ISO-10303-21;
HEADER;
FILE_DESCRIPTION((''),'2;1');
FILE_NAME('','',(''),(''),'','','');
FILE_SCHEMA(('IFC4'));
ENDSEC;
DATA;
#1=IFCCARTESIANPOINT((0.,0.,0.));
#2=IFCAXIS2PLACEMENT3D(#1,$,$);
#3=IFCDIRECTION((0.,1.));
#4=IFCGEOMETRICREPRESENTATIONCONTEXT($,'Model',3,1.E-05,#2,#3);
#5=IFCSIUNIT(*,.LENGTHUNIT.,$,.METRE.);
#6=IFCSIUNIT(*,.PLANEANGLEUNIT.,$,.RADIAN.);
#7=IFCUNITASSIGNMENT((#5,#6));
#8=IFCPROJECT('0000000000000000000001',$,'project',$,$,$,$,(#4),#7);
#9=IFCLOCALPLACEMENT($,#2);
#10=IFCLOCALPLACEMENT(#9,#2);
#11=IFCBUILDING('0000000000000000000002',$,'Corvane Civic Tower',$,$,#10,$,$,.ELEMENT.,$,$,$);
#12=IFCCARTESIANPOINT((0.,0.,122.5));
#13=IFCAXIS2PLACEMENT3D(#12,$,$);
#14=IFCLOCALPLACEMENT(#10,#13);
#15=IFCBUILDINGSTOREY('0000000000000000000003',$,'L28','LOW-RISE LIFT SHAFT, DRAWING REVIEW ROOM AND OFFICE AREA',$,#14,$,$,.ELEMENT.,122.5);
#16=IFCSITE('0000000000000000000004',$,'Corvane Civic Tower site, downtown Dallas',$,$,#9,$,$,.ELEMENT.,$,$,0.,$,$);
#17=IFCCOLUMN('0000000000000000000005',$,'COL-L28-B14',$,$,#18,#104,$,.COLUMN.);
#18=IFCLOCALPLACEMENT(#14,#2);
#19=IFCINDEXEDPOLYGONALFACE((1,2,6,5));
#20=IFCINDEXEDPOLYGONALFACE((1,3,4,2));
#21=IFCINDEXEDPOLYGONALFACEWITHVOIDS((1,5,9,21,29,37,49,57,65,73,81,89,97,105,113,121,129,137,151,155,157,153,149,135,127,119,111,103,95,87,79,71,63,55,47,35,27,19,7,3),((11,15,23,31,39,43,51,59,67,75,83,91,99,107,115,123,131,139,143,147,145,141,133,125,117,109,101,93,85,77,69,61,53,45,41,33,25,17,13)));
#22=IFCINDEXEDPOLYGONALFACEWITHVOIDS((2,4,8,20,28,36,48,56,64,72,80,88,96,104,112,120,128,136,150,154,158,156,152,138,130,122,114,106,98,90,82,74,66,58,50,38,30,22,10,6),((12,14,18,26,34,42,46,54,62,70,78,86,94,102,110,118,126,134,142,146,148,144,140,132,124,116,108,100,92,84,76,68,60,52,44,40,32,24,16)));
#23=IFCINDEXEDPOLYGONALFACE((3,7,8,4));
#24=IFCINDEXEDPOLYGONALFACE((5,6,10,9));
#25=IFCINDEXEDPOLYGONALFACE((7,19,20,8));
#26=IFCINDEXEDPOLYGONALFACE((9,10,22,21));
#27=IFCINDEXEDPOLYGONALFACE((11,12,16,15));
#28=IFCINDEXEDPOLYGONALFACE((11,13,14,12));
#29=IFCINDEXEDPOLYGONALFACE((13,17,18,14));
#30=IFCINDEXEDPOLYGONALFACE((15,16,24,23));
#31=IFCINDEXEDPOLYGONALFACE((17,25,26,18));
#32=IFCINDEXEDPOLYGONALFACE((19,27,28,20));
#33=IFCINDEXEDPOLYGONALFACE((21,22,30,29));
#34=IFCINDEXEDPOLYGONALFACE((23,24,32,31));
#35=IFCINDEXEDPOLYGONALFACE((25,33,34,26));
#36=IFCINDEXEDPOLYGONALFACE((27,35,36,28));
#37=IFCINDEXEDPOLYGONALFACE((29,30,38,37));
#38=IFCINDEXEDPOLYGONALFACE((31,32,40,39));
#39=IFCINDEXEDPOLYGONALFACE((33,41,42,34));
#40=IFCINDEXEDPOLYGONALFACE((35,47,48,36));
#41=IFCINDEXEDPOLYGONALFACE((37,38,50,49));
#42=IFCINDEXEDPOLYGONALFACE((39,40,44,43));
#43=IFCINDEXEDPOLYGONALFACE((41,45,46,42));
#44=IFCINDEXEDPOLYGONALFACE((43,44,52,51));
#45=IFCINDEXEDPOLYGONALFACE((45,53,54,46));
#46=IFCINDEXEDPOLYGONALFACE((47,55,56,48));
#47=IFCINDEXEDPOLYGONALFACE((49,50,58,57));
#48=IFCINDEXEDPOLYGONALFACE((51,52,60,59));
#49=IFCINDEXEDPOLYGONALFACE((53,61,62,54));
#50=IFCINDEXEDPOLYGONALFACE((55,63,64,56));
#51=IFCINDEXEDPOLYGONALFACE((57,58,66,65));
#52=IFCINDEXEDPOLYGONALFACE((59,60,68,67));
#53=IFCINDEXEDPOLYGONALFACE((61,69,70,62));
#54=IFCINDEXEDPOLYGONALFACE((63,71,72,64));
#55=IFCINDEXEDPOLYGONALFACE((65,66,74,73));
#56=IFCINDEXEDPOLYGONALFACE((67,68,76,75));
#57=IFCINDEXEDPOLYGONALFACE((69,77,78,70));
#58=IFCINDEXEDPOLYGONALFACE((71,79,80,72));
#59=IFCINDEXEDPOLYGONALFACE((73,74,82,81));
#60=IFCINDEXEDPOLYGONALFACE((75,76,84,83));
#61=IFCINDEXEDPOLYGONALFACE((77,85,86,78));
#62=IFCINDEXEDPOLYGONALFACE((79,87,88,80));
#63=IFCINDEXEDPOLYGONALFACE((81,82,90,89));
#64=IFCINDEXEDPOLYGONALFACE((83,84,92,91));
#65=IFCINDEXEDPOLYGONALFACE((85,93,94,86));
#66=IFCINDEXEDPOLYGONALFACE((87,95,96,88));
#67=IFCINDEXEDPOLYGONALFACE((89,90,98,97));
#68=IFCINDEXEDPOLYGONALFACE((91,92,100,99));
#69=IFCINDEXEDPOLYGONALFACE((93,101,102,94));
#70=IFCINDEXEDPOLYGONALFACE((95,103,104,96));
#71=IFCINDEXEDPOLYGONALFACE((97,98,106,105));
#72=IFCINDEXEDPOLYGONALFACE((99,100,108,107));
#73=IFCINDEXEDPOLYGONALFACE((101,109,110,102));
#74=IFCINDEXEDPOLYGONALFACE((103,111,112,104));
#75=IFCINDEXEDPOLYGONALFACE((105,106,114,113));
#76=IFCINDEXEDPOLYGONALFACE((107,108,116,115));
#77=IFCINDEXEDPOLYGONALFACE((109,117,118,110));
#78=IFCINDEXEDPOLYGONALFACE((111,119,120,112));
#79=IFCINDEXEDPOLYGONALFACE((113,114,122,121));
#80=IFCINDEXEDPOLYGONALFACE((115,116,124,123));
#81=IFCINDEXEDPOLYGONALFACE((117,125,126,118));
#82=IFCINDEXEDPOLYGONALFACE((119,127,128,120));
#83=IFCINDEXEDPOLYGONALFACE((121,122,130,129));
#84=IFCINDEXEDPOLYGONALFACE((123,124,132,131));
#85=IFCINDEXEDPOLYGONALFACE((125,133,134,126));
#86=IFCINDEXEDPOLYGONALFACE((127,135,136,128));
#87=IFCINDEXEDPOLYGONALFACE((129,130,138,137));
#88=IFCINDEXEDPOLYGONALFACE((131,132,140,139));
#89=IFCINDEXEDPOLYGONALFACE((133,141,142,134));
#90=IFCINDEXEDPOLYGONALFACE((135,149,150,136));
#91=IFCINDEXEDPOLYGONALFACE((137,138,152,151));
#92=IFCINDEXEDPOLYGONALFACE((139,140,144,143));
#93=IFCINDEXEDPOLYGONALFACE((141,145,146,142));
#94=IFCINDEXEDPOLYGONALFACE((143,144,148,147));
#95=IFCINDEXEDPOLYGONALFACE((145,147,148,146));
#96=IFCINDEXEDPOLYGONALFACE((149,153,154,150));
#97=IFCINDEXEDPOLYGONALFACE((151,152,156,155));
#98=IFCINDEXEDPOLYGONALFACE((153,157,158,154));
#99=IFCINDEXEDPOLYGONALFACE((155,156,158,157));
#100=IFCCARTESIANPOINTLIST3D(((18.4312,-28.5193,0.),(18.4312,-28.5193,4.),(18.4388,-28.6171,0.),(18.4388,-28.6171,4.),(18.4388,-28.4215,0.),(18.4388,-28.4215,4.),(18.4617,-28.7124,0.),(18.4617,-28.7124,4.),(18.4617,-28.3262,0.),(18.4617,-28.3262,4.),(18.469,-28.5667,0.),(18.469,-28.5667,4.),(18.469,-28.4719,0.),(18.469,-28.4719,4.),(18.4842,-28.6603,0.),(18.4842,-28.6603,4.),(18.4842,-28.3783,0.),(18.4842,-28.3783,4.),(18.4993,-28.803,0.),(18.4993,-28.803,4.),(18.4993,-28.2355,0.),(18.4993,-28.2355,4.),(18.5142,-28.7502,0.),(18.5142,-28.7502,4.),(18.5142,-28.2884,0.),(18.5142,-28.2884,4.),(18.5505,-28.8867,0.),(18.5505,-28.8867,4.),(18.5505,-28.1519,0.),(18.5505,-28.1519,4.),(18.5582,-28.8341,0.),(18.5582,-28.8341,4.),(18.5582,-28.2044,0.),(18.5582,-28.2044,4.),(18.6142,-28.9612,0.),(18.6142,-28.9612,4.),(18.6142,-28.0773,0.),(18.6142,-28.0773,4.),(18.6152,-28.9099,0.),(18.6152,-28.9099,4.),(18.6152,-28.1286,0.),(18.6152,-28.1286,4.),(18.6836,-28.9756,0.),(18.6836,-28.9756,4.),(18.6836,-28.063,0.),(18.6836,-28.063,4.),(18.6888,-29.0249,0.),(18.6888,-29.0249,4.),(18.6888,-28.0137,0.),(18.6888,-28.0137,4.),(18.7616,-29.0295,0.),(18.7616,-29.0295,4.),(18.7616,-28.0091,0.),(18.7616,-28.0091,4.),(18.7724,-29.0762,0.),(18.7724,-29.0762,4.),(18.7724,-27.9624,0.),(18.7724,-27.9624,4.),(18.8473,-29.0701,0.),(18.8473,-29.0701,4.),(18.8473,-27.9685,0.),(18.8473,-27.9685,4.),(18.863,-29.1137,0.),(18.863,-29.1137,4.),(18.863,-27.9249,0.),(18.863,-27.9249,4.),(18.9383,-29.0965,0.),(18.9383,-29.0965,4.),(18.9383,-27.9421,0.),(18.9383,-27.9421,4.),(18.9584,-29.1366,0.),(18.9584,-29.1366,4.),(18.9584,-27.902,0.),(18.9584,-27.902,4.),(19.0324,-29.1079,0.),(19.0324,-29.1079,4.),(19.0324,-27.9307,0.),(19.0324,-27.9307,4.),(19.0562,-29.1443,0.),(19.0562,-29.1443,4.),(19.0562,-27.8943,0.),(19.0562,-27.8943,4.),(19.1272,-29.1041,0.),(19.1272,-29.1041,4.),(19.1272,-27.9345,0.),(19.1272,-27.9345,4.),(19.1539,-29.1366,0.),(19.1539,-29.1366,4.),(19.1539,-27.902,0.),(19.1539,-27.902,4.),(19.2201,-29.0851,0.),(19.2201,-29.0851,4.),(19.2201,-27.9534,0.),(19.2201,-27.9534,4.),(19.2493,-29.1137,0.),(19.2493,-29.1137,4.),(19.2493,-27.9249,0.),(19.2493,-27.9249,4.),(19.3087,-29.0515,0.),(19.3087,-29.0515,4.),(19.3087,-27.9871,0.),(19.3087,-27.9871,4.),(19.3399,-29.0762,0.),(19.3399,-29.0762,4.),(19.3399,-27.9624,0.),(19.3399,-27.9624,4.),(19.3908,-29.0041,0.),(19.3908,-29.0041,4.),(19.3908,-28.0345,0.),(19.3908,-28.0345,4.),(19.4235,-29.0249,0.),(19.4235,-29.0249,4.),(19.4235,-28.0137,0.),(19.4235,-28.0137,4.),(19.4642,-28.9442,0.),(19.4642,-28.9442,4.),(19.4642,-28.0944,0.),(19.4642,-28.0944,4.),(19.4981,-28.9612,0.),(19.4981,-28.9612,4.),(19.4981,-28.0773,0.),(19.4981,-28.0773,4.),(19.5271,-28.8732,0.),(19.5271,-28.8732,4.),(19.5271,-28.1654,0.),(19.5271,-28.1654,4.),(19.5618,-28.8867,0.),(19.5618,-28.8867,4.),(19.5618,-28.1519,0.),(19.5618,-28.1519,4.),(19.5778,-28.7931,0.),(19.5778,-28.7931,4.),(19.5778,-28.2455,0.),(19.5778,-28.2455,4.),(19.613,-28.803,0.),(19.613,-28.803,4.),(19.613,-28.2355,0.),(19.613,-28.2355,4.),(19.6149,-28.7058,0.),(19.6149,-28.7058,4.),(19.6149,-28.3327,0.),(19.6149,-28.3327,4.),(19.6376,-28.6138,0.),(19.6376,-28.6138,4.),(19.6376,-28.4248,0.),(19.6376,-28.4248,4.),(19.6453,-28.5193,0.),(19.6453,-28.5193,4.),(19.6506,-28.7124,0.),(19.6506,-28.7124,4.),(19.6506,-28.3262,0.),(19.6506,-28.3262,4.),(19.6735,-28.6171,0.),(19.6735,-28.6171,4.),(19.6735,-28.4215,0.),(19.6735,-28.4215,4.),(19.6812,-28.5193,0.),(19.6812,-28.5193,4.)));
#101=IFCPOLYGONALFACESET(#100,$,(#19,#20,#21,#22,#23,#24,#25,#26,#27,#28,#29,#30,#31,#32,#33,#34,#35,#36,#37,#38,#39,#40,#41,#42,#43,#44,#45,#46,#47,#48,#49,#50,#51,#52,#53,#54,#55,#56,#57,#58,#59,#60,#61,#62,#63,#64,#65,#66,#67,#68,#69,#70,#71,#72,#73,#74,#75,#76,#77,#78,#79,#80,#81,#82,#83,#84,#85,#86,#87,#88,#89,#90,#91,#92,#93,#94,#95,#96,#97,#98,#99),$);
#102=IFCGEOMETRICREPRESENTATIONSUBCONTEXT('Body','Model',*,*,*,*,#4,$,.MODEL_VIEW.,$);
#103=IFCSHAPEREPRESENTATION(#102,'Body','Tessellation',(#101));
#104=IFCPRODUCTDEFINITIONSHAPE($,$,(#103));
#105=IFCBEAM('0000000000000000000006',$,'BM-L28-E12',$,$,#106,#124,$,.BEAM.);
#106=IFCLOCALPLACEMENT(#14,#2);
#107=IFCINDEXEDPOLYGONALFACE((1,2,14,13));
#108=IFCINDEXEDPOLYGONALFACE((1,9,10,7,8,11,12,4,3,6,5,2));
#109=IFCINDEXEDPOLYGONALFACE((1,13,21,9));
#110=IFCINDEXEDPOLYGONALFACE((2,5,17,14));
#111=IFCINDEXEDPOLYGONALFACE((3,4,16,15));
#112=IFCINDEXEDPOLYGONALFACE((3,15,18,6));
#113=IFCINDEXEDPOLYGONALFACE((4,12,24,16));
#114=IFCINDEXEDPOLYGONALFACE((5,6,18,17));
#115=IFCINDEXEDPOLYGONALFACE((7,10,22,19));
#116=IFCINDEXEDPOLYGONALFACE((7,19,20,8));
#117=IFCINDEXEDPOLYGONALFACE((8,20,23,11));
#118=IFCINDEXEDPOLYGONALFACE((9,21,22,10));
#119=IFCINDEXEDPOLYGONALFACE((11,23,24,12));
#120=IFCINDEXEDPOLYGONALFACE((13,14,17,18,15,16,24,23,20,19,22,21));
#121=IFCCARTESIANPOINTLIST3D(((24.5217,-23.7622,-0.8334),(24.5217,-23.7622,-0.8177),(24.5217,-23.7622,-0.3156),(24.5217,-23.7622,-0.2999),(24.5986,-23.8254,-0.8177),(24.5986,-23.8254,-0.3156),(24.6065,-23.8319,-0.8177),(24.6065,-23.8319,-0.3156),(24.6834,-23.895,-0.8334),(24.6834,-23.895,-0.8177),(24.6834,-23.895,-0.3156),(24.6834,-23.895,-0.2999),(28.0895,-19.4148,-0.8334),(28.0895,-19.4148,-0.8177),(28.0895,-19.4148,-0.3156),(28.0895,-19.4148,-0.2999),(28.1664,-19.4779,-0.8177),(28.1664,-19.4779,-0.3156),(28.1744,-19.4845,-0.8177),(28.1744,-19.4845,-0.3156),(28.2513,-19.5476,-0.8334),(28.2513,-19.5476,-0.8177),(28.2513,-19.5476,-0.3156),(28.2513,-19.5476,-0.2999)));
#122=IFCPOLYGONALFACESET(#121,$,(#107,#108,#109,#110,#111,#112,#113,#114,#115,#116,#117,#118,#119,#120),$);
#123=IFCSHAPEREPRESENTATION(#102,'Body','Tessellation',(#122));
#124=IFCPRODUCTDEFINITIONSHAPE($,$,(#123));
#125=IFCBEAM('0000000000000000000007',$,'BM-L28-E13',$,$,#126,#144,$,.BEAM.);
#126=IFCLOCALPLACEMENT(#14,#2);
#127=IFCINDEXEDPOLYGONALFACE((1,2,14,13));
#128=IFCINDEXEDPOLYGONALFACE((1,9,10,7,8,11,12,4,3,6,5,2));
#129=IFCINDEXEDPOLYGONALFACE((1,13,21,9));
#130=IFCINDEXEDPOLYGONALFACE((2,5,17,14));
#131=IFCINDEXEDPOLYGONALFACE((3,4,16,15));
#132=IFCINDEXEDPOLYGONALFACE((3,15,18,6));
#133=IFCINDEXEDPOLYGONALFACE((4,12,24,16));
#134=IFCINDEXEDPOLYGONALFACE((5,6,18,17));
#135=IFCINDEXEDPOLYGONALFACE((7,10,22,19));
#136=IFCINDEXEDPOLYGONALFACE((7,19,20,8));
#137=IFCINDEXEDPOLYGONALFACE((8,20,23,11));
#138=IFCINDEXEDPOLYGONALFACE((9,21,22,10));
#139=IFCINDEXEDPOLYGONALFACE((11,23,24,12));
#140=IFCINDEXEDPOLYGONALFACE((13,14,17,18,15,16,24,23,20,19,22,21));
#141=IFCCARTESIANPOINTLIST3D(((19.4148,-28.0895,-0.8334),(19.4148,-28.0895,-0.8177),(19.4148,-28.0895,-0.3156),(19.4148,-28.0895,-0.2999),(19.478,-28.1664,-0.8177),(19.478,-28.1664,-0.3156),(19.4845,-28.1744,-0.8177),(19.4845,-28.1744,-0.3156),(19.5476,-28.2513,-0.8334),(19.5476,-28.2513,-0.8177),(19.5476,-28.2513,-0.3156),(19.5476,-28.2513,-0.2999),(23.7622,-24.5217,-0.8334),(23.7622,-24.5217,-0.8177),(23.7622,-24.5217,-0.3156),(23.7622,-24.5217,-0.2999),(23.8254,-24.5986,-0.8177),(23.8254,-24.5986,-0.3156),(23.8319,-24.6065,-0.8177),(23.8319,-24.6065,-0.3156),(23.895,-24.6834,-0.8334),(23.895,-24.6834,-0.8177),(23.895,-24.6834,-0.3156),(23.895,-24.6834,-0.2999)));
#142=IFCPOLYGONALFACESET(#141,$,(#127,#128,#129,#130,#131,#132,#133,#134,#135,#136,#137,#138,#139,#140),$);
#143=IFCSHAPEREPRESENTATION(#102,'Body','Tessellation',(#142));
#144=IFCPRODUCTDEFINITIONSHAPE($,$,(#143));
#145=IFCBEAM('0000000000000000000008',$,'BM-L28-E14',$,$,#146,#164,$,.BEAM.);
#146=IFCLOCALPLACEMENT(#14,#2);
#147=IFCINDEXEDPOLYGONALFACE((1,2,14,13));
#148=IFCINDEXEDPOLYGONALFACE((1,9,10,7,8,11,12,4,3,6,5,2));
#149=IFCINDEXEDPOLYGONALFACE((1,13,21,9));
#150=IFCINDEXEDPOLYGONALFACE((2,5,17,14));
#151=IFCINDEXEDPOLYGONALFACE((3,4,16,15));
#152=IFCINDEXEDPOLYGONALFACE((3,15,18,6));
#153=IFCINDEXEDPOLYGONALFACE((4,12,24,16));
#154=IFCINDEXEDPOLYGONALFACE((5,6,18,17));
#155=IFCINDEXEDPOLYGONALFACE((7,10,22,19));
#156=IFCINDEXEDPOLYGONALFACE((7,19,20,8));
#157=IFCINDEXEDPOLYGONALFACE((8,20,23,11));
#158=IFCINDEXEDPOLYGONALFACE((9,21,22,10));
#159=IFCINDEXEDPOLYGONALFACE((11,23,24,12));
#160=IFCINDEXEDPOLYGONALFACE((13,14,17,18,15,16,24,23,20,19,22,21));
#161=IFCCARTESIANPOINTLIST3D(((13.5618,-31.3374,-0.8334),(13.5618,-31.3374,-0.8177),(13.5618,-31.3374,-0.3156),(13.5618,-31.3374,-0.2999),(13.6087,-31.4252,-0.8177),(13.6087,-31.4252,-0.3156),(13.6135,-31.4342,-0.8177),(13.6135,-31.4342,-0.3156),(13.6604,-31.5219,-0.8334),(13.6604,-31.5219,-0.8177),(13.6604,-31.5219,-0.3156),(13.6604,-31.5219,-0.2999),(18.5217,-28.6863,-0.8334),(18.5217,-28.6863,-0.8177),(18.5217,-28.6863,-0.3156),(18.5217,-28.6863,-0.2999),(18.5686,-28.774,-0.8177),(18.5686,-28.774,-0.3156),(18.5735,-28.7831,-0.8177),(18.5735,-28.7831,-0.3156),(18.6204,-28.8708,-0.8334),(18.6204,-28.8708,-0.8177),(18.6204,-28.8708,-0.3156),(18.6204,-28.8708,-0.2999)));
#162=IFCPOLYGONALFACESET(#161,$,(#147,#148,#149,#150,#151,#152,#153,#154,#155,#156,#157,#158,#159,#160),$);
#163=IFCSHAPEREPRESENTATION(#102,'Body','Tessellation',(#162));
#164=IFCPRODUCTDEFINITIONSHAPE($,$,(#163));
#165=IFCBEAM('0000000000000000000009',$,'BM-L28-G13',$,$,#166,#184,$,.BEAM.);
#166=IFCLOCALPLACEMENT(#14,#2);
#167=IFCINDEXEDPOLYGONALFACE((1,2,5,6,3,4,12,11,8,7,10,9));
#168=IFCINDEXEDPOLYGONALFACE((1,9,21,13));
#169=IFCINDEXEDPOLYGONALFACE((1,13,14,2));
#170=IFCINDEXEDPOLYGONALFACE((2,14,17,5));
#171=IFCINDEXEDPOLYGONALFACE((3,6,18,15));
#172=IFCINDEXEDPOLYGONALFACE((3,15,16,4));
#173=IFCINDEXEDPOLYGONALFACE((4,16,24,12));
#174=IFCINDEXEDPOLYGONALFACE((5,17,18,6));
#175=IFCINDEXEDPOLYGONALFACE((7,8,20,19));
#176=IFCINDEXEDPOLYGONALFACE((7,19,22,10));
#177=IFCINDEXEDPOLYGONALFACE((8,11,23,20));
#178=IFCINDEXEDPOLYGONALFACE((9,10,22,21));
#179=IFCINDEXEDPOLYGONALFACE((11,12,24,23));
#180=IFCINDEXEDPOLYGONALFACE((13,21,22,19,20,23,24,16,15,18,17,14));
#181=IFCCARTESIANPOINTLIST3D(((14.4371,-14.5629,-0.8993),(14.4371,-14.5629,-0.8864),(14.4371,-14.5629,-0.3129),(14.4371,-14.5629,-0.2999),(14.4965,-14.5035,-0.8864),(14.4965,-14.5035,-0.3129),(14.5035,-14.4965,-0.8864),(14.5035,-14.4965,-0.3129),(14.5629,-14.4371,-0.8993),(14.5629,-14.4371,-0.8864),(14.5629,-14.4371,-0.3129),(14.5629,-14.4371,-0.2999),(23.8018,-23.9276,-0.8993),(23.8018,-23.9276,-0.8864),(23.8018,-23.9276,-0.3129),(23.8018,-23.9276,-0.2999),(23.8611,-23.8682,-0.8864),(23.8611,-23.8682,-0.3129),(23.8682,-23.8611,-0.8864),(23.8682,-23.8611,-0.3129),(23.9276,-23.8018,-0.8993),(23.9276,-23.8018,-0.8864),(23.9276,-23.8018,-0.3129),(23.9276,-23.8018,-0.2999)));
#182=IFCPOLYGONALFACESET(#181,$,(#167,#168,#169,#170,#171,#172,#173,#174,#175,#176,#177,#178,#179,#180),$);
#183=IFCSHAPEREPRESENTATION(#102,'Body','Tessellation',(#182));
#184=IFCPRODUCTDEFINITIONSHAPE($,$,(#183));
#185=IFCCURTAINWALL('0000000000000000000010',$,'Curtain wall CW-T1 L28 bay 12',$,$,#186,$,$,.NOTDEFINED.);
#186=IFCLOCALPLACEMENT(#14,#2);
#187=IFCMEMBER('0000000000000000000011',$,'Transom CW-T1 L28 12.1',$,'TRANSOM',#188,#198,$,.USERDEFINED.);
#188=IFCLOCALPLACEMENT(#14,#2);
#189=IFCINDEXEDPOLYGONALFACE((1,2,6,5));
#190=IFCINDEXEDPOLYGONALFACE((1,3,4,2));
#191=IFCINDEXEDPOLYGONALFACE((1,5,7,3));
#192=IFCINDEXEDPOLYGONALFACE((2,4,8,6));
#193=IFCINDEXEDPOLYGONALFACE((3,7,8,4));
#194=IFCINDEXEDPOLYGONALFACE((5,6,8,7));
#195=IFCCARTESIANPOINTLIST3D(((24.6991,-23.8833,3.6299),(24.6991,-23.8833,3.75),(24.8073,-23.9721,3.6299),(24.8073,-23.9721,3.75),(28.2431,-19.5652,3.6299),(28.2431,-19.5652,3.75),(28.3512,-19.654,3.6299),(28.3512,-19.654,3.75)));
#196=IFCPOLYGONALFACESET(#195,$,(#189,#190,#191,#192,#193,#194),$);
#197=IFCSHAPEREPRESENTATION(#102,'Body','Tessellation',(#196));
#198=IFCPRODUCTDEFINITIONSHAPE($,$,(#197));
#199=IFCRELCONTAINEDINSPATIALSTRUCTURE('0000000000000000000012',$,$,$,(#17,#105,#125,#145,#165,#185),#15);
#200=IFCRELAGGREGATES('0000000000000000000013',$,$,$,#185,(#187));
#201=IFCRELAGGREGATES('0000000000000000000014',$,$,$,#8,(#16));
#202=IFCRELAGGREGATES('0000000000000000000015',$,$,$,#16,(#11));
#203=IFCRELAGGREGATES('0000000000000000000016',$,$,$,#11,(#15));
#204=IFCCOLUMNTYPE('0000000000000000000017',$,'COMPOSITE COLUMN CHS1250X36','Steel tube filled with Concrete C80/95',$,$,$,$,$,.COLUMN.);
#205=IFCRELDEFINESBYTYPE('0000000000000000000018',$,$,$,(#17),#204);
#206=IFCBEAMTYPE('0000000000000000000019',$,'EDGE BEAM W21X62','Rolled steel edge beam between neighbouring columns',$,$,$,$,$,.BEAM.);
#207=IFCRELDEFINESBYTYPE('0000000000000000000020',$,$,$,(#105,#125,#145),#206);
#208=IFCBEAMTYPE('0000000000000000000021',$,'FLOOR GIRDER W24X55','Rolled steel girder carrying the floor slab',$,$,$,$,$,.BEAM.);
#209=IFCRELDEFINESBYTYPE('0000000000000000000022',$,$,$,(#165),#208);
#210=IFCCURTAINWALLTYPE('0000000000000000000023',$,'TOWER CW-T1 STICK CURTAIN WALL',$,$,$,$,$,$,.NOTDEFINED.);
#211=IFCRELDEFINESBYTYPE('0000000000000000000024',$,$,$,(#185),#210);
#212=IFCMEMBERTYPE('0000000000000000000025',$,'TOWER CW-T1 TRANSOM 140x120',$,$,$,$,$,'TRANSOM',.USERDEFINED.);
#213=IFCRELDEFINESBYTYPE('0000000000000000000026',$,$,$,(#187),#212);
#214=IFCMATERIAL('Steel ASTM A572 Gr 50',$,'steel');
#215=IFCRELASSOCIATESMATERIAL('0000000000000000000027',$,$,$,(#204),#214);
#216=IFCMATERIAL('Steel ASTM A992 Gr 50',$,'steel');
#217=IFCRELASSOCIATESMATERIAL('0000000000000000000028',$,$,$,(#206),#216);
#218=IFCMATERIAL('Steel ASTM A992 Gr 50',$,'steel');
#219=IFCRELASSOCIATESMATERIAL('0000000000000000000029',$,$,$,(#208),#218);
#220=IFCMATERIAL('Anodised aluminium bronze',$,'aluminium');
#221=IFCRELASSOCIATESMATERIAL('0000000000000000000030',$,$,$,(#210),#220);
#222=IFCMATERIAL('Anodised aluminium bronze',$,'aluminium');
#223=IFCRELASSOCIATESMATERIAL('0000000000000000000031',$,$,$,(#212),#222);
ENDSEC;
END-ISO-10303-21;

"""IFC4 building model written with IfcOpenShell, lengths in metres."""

from ifc_helpers import new_model, si_unit, direction, frame, origin, origin_2d, place, context, subcontext, project, spatial, rectangle, hollow_circle, i_section, extrude, material, material_profile, profile_set, type_object, element, aggregate, save


model = new_model("IFC4")

# Units and contexts
model_context = context("Model", 3, precision=1e-05, world=origin(), true_north=direction((0.0, 1.0)))
body_context = subcontext(model_context, "Body", "Model", "MODEL_VIEW")
ifc_project = project(units=[si_unit("LENGTHUNIT", "METRE"), si_unit("PLANEANGLEUNIT", "RADIAN")], contexts=[model_context])

# Site, building, storey
site_placement = place(None, origin())
site = spatial("IfcSite", under=ifc_project, at=site_placement, Name="Corvane Civic Tower site, downtown Dallas", CompositionType="ELEMENT", RefElevation=0.0)
building_placement = place(site_placement, origin())
building = spatial("IfcBuilding", under=site, at=building_placement, Name="Corvane Civic Tower", CompositionType="ELEMENT")
storey_placement = place(building_placement, frame((0.0, 0.0, 122.5)))
storey = spatial("IfcBuildingStorey", under=building, at=storey_placement, Name="L28", Description="LOW-RISE LIFT SHAFT, DRAWING REVIEW ROOM AND OFFICE AREA", CompositionType="ELEMENT", Elevation=122.5)

# Column
ifc_material_1 = material(Name="Steel ASTM A572 Gr 50", Category="steel")
ifc_material_profile_1 = material_profile(ifc_material_1, hollow_circle(Radius=0.625, WallThickness=0.0359, at=origin_2d()), Name="CHS1250X36")
ifc_profile_set_1 = profile_set([ifc_material_profile_1], Name="Steel ASTM A572 Gr 50")
column_type = type_object("IfcColumnType", Name="COMPOSITE COLUMN CHS1250X36", Description="Steel tube filled with Concrete C80/95", PredefinedType="COLUMN", material=ifc_profile_set_1)
for number, where, z_axis, x_axis, name in (
    (1, (19.0562, -28.5193, 0.0), (0.0, 0.0, 1.0), (1.0, 0.0, 0.0), "COL-L28-B14"),
):
    element("IfcColumn", number, at=place(storey_placement, frame(where, z_axis=z_axis, x_axis=x_axis)), inside=storey, type_object=column_type, Name=name, PredefinedType="COLUMN", context=body_context, shape_type="SweptSolid", body=[
        extrude(hollow_circle(Radius=0.625, WallThickness=0.0359, at=origin_2d()), origin(), (0.0, 0.0, 1.0), 4.0),
    ])

# Beams
ifc_material_2 = material(Name="Steel ASTM A992 Gr 50", Category="steel")
ifc_material_profile_2 = material_profile(ifc_material_2, i_section(OverallWidth=0.2092, OverallDepth=0.5334, WebThickness=0.0103, FlangeThickness=0.0156, at=origin_2d()), Name="W21X62")
ifc_profile_set_2 = profile_set([ifc_material_profile_2], Name="Steel ASTM A992 Gr 50")
beam_type_1 = type_object("IfcBeamType", Name="EDGE BEAM W21X62", Description="Rolled steel edge beam between neighbouring columns", PredefinedType="BEAM", material=ifc_profile_set_2)
for number, where, z_axis, x_axis, name in (
    (2, (28.1704, -19.4812, -0.5667), (-0.634398, -0.773007, 0.0), (0.773007, -0.634398, 0.0), "BM-L28-E12"),
    (3, (23.8286, -24.6025, -0.5667), (-0.773007, -0.634398, 0.0), (0.634398, -0.773007, 0.0), "BM-L28-E13"),
    (4, (18.571, -28.7786, -0.5667), (-0.881924, -0.471392, 0.0), (0.471392, -0.881924, 0.0), "BM-L28-E14"),
):
    element("IfcBeam", number, at=place(storey_placement, frame(where, z_axis=z_axis, x_axis=x_axis)), inside=storey, type_object=beam_type_1, Name=name, PredefinedType="BEAM", context=body_context, shape_type="SweptSolid", body=[
        extrude(i_section(OverallWidth=0.2092, OverallDepth=0.5334, WebThickness=0.0103, FlangeThickness=0.0156, at=origin_2d()), origin(), (0.0, 0.0, 1.0), 5.624),
    ])
ifc_material_3 = material(Name="Steel ASTM A992 Gr 50", Category="steel")
ifc_material_profile_3 = material_profile(ifc_material_3, i_section(OverallWidth=0.178, OverallDepth=0.5994, WebThickness=0.01, FlangeThickness=0.0129, at=origin_2d()), Name="W24X55")
ifc_profile_set_3 = profile_set([ifc_material_profile_3], Name="Steel ASTM A992 Gr 50")
beam_type_2 = type_object("IfcBeamType", Name="FLOOR GIRDER W24X55", Description="Rolled steel girder carrying the floor slab", PredefinedType="BEAM", material=ifc_profile_set_3)
beam_placement = place(storey_placement, frame((14.5, -14.5, -0.5996), z_axis=(0.707107, -0.707107, 0.0), x_axis=(0.707107, 0.707107, 0.0)))
element("IfcBeam", 5, at=beam_placement, inside=storey, type_object=beam_type_2, Name="BM-L28-G13", PredefinedType="BEAM", context=body_context, shape_type="SweptSolid", body=[
    extrude(i_section(OverallWidth=0.178, OverallDepth=0.5994, WebThickness=0.01, FlangeThickness=0.0129, at=origin_2d()), origin(), (0.0, 0.0, 1.0), 13.2437),
])

# Curtain wall, member
ifc_material_4 = material(Name="Anodised aluminium bronze", Category="aluminium")
curtain_wall_type = type_object("IfcCurtainWallType", Name="TOWER CW-T1 STICK CURTAIN WALL", PredefinedType="NOTDEFINED", material=ifc_material_4)
curtain_wall_1_placement = place(storey_placement, origin())
curtain_wall_1 = element("IfcCurtainWall", 6, at=curtain_wall_1_placement, inside=storey, type_object=curtain_wall_type, Name="Curtain wall CW-T1 L28 bay 12", PredefinedType="NOTDEFINED")
ifc_material_5 = material(Name="Anodised aluminium bronze", Category="aluminium")
ifc_material_profile_4 = material_profile(ifc_material_5, rectangle(XDim=0.1399, YDim=0.1201, at=origin_2d()), Name="TOWER CW-T1 TRANSOM 140x120")
ifc_profile_set_4 = profile_set([ifc_material_profile_4], Name="Anodised aluminium bronze")
member_type = type_object("IfcMemberType", Name="TOWER CW-T1 TRANSOM 140x120", ElementType="TRANSOM", PredefinedType="USERDEFINED", material=ifc_profile_set_4)
member_1_placement = place(storey_placement, frame((28.2971, -19.6096, 3.6899), z_axis=(-0.63441, -0.772996, 0.0), x_axis=(0.772996, -0.63441, 0.0)))
member_1 = element("IfcMember", 7, at=member_1_placement, type_object=member_type, Name="Transom CW-T1 L28 12.1", ObjectType="TRANSOM", PredefinedType="USERDEFINED", context=body_context, shape_type="SweptSolid", body=[
    extrude(rectangle(XDim=0.1399, YDim=0.1201, at=origin_2d()), origin(), (0.0, 0.0, 1.0), 5.5862),
])

aggregate(curtain_wall_1, [member_1])

save(model, "model.ifc")
